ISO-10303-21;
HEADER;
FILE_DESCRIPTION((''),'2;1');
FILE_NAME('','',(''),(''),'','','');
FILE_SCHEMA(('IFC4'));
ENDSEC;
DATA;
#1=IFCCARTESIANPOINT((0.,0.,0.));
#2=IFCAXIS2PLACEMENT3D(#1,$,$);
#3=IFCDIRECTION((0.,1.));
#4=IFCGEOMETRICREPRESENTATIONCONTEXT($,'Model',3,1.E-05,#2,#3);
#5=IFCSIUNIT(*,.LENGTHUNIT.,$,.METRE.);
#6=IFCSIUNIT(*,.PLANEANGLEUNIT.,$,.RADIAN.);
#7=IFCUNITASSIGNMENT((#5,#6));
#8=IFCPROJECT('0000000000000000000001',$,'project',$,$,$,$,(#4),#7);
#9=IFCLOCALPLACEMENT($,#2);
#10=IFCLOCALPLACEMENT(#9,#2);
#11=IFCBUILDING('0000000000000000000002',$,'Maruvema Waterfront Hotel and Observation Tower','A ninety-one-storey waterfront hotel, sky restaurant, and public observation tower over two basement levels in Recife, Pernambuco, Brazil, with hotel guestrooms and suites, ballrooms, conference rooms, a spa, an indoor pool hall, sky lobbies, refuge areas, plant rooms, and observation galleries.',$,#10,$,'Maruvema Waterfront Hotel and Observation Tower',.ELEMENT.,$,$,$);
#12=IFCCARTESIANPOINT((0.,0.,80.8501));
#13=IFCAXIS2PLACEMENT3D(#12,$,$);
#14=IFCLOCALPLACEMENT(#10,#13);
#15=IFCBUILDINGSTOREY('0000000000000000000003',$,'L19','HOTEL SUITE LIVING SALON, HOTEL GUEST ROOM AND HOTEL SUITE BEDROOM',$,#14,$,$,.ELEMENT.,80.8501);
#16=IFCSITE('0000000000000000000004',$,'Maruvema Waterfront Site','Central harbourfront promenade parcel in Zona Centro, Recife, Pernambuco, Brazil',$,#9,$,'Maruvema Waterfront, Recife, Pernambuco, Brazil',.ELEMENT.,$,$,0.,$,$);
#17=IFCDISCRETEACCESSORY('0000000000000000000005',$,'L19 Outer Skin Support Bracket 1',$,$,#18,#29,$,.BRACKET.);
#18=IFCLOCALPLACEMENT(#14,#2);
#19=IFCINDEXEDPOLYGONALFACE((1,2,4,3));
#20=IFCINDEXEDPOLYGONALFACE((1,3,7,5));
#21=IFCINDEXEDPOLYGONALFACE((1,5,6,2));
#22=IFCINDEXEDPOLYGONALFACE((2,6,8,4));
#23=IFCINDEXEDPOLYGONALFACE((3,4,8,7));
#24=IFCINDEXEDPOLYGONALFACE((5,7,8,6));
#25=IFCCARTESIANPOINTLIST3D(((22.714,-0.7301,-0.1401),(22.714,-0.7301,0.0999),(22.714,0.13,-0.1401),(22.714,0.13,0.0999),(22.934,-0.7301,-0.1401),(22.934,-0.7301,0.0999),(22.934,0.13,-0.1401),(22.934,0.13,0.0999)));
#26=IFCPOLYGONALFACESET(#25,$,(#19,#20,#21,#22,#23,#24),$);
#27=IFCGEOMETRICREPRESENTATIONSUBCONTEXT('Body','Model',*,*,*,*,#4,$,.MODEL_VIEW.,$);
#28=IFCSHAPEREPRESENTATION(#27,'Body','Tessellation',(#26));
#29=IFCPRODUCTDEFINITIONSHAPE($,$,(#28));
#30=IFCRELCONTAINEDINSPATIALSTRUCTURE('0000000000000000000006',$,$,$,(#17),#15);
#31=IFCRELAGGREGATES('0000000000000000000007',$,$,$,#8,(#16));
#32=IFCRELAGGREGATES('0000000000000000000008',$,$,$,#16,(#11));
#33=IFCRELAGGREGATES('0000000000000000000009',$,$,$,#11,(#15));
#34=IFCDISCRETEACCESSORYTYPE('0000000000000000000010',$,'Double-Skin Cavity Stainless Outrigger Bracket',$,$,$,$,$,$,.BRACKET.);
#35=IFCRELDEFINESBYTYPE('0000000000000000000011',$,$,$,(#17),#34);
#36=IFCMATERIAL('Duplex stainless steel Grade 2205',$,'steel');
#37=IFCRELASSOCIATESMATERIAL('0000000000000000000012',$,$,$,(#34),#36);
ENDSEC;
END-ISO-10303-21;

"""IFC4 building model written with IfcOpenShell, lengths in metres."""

from ifc_helpers import new_model, si_unit, direction, frame, origin, origin_2d, place, context, subcontext, project, spatial, rectangle, extrude, material, type_object, element, save


model = new_model("IFC4")

# Units and contexts
model_context = context("Model", 3, precision=1e-05, world=origin(), true_north=direction((0.0, 1.0)))
body_context = subcontext(model_context, "Body", "Model", "MODEL_VIEW")
ifc_project = project(units=[si_unit("LENGTHUNIT", "METRE"), si_unit("PLANEANGLEUNIT", "RADIAN")], contexts=[model_context])

# Site, building, storey
site_placement = place(None, origin())
site = spatial("IfcSite", under=ifc_project, at=site_placement, Name="Maruvema Waterfront Site", Description="Central harbourfront promenade parcel in Zona Centro, Recife, Pernambuco, Brazil", LongName="Maruvema Waterfront, Recife, Pernambuco, Brazil", CompositionType="ELEMENT", RefElevation=0.0)
building_placement = place(site_placement, origin())
building = spatial("IfcBuilding", under=site, at=building_placement, Name="Maruvema Waterfront Hotel and Observation Tower", Description="A ninety-one-storey waterfront hotel, sky restaurant, and public observation tower over two basement levels in Recife, Pernambuco, Brazil, with hotel guestrooms and suites, ballrooms, conference rooms, a spa, an indoor pool hall, sky lobbies, refuge areas, plant rooms, and observation galleries.", LongName="Maruvema Waterfront Hotel and Observation Tower", CompositionType="ELEMENT")
storey_placement = place(building_placement, frame((0.0, 0.0, 80.8501)))
storey = spatial("IfcBuildingStorey", under=building, at=storey_placement, Name="L19", Description="HOTEL SUITE LIVING SALON, HOTEL GUEST ROOM AND HOTEL SUITE BEDROOM", CompositionType="ELEMENT", Elevation=80.8501)

# Discrete accessory
ifc_material_1 = material(Name="Duplex stainless steel Grade 2205", Category="steel")
discrete_accessory_type = type_object("IfcDiscreteAccessoryType", Name="Double-Skin Cavity Stainless Outrigger Bracket", PredefinedType="BRACKET", material=ifc_material_1)
discrete_accessory_placement = place(storey_placement, frame((22.824, -0.3, -0.1401), z_axis=(0.0, 0.0, 1.0), x_axis=(1.0, 0.0, 0.0)))
element("IfcDiscreteAccessory", 1, at=discrete_accessory_placement, inside=storey, type_object=discrete_accessory_type, Name="L19 Outer Skin Support Bracket 1", PredefinedType="BRACKET", context=body_context, shape_type="SweptSolid", body=[
    extrude(rectangle(XDim=0.22, YDim=0.8601, at=origin_2d()), origin(), (0.0, 0.0, 1.0), 0.24),
])

save(model, "model.ifc")
